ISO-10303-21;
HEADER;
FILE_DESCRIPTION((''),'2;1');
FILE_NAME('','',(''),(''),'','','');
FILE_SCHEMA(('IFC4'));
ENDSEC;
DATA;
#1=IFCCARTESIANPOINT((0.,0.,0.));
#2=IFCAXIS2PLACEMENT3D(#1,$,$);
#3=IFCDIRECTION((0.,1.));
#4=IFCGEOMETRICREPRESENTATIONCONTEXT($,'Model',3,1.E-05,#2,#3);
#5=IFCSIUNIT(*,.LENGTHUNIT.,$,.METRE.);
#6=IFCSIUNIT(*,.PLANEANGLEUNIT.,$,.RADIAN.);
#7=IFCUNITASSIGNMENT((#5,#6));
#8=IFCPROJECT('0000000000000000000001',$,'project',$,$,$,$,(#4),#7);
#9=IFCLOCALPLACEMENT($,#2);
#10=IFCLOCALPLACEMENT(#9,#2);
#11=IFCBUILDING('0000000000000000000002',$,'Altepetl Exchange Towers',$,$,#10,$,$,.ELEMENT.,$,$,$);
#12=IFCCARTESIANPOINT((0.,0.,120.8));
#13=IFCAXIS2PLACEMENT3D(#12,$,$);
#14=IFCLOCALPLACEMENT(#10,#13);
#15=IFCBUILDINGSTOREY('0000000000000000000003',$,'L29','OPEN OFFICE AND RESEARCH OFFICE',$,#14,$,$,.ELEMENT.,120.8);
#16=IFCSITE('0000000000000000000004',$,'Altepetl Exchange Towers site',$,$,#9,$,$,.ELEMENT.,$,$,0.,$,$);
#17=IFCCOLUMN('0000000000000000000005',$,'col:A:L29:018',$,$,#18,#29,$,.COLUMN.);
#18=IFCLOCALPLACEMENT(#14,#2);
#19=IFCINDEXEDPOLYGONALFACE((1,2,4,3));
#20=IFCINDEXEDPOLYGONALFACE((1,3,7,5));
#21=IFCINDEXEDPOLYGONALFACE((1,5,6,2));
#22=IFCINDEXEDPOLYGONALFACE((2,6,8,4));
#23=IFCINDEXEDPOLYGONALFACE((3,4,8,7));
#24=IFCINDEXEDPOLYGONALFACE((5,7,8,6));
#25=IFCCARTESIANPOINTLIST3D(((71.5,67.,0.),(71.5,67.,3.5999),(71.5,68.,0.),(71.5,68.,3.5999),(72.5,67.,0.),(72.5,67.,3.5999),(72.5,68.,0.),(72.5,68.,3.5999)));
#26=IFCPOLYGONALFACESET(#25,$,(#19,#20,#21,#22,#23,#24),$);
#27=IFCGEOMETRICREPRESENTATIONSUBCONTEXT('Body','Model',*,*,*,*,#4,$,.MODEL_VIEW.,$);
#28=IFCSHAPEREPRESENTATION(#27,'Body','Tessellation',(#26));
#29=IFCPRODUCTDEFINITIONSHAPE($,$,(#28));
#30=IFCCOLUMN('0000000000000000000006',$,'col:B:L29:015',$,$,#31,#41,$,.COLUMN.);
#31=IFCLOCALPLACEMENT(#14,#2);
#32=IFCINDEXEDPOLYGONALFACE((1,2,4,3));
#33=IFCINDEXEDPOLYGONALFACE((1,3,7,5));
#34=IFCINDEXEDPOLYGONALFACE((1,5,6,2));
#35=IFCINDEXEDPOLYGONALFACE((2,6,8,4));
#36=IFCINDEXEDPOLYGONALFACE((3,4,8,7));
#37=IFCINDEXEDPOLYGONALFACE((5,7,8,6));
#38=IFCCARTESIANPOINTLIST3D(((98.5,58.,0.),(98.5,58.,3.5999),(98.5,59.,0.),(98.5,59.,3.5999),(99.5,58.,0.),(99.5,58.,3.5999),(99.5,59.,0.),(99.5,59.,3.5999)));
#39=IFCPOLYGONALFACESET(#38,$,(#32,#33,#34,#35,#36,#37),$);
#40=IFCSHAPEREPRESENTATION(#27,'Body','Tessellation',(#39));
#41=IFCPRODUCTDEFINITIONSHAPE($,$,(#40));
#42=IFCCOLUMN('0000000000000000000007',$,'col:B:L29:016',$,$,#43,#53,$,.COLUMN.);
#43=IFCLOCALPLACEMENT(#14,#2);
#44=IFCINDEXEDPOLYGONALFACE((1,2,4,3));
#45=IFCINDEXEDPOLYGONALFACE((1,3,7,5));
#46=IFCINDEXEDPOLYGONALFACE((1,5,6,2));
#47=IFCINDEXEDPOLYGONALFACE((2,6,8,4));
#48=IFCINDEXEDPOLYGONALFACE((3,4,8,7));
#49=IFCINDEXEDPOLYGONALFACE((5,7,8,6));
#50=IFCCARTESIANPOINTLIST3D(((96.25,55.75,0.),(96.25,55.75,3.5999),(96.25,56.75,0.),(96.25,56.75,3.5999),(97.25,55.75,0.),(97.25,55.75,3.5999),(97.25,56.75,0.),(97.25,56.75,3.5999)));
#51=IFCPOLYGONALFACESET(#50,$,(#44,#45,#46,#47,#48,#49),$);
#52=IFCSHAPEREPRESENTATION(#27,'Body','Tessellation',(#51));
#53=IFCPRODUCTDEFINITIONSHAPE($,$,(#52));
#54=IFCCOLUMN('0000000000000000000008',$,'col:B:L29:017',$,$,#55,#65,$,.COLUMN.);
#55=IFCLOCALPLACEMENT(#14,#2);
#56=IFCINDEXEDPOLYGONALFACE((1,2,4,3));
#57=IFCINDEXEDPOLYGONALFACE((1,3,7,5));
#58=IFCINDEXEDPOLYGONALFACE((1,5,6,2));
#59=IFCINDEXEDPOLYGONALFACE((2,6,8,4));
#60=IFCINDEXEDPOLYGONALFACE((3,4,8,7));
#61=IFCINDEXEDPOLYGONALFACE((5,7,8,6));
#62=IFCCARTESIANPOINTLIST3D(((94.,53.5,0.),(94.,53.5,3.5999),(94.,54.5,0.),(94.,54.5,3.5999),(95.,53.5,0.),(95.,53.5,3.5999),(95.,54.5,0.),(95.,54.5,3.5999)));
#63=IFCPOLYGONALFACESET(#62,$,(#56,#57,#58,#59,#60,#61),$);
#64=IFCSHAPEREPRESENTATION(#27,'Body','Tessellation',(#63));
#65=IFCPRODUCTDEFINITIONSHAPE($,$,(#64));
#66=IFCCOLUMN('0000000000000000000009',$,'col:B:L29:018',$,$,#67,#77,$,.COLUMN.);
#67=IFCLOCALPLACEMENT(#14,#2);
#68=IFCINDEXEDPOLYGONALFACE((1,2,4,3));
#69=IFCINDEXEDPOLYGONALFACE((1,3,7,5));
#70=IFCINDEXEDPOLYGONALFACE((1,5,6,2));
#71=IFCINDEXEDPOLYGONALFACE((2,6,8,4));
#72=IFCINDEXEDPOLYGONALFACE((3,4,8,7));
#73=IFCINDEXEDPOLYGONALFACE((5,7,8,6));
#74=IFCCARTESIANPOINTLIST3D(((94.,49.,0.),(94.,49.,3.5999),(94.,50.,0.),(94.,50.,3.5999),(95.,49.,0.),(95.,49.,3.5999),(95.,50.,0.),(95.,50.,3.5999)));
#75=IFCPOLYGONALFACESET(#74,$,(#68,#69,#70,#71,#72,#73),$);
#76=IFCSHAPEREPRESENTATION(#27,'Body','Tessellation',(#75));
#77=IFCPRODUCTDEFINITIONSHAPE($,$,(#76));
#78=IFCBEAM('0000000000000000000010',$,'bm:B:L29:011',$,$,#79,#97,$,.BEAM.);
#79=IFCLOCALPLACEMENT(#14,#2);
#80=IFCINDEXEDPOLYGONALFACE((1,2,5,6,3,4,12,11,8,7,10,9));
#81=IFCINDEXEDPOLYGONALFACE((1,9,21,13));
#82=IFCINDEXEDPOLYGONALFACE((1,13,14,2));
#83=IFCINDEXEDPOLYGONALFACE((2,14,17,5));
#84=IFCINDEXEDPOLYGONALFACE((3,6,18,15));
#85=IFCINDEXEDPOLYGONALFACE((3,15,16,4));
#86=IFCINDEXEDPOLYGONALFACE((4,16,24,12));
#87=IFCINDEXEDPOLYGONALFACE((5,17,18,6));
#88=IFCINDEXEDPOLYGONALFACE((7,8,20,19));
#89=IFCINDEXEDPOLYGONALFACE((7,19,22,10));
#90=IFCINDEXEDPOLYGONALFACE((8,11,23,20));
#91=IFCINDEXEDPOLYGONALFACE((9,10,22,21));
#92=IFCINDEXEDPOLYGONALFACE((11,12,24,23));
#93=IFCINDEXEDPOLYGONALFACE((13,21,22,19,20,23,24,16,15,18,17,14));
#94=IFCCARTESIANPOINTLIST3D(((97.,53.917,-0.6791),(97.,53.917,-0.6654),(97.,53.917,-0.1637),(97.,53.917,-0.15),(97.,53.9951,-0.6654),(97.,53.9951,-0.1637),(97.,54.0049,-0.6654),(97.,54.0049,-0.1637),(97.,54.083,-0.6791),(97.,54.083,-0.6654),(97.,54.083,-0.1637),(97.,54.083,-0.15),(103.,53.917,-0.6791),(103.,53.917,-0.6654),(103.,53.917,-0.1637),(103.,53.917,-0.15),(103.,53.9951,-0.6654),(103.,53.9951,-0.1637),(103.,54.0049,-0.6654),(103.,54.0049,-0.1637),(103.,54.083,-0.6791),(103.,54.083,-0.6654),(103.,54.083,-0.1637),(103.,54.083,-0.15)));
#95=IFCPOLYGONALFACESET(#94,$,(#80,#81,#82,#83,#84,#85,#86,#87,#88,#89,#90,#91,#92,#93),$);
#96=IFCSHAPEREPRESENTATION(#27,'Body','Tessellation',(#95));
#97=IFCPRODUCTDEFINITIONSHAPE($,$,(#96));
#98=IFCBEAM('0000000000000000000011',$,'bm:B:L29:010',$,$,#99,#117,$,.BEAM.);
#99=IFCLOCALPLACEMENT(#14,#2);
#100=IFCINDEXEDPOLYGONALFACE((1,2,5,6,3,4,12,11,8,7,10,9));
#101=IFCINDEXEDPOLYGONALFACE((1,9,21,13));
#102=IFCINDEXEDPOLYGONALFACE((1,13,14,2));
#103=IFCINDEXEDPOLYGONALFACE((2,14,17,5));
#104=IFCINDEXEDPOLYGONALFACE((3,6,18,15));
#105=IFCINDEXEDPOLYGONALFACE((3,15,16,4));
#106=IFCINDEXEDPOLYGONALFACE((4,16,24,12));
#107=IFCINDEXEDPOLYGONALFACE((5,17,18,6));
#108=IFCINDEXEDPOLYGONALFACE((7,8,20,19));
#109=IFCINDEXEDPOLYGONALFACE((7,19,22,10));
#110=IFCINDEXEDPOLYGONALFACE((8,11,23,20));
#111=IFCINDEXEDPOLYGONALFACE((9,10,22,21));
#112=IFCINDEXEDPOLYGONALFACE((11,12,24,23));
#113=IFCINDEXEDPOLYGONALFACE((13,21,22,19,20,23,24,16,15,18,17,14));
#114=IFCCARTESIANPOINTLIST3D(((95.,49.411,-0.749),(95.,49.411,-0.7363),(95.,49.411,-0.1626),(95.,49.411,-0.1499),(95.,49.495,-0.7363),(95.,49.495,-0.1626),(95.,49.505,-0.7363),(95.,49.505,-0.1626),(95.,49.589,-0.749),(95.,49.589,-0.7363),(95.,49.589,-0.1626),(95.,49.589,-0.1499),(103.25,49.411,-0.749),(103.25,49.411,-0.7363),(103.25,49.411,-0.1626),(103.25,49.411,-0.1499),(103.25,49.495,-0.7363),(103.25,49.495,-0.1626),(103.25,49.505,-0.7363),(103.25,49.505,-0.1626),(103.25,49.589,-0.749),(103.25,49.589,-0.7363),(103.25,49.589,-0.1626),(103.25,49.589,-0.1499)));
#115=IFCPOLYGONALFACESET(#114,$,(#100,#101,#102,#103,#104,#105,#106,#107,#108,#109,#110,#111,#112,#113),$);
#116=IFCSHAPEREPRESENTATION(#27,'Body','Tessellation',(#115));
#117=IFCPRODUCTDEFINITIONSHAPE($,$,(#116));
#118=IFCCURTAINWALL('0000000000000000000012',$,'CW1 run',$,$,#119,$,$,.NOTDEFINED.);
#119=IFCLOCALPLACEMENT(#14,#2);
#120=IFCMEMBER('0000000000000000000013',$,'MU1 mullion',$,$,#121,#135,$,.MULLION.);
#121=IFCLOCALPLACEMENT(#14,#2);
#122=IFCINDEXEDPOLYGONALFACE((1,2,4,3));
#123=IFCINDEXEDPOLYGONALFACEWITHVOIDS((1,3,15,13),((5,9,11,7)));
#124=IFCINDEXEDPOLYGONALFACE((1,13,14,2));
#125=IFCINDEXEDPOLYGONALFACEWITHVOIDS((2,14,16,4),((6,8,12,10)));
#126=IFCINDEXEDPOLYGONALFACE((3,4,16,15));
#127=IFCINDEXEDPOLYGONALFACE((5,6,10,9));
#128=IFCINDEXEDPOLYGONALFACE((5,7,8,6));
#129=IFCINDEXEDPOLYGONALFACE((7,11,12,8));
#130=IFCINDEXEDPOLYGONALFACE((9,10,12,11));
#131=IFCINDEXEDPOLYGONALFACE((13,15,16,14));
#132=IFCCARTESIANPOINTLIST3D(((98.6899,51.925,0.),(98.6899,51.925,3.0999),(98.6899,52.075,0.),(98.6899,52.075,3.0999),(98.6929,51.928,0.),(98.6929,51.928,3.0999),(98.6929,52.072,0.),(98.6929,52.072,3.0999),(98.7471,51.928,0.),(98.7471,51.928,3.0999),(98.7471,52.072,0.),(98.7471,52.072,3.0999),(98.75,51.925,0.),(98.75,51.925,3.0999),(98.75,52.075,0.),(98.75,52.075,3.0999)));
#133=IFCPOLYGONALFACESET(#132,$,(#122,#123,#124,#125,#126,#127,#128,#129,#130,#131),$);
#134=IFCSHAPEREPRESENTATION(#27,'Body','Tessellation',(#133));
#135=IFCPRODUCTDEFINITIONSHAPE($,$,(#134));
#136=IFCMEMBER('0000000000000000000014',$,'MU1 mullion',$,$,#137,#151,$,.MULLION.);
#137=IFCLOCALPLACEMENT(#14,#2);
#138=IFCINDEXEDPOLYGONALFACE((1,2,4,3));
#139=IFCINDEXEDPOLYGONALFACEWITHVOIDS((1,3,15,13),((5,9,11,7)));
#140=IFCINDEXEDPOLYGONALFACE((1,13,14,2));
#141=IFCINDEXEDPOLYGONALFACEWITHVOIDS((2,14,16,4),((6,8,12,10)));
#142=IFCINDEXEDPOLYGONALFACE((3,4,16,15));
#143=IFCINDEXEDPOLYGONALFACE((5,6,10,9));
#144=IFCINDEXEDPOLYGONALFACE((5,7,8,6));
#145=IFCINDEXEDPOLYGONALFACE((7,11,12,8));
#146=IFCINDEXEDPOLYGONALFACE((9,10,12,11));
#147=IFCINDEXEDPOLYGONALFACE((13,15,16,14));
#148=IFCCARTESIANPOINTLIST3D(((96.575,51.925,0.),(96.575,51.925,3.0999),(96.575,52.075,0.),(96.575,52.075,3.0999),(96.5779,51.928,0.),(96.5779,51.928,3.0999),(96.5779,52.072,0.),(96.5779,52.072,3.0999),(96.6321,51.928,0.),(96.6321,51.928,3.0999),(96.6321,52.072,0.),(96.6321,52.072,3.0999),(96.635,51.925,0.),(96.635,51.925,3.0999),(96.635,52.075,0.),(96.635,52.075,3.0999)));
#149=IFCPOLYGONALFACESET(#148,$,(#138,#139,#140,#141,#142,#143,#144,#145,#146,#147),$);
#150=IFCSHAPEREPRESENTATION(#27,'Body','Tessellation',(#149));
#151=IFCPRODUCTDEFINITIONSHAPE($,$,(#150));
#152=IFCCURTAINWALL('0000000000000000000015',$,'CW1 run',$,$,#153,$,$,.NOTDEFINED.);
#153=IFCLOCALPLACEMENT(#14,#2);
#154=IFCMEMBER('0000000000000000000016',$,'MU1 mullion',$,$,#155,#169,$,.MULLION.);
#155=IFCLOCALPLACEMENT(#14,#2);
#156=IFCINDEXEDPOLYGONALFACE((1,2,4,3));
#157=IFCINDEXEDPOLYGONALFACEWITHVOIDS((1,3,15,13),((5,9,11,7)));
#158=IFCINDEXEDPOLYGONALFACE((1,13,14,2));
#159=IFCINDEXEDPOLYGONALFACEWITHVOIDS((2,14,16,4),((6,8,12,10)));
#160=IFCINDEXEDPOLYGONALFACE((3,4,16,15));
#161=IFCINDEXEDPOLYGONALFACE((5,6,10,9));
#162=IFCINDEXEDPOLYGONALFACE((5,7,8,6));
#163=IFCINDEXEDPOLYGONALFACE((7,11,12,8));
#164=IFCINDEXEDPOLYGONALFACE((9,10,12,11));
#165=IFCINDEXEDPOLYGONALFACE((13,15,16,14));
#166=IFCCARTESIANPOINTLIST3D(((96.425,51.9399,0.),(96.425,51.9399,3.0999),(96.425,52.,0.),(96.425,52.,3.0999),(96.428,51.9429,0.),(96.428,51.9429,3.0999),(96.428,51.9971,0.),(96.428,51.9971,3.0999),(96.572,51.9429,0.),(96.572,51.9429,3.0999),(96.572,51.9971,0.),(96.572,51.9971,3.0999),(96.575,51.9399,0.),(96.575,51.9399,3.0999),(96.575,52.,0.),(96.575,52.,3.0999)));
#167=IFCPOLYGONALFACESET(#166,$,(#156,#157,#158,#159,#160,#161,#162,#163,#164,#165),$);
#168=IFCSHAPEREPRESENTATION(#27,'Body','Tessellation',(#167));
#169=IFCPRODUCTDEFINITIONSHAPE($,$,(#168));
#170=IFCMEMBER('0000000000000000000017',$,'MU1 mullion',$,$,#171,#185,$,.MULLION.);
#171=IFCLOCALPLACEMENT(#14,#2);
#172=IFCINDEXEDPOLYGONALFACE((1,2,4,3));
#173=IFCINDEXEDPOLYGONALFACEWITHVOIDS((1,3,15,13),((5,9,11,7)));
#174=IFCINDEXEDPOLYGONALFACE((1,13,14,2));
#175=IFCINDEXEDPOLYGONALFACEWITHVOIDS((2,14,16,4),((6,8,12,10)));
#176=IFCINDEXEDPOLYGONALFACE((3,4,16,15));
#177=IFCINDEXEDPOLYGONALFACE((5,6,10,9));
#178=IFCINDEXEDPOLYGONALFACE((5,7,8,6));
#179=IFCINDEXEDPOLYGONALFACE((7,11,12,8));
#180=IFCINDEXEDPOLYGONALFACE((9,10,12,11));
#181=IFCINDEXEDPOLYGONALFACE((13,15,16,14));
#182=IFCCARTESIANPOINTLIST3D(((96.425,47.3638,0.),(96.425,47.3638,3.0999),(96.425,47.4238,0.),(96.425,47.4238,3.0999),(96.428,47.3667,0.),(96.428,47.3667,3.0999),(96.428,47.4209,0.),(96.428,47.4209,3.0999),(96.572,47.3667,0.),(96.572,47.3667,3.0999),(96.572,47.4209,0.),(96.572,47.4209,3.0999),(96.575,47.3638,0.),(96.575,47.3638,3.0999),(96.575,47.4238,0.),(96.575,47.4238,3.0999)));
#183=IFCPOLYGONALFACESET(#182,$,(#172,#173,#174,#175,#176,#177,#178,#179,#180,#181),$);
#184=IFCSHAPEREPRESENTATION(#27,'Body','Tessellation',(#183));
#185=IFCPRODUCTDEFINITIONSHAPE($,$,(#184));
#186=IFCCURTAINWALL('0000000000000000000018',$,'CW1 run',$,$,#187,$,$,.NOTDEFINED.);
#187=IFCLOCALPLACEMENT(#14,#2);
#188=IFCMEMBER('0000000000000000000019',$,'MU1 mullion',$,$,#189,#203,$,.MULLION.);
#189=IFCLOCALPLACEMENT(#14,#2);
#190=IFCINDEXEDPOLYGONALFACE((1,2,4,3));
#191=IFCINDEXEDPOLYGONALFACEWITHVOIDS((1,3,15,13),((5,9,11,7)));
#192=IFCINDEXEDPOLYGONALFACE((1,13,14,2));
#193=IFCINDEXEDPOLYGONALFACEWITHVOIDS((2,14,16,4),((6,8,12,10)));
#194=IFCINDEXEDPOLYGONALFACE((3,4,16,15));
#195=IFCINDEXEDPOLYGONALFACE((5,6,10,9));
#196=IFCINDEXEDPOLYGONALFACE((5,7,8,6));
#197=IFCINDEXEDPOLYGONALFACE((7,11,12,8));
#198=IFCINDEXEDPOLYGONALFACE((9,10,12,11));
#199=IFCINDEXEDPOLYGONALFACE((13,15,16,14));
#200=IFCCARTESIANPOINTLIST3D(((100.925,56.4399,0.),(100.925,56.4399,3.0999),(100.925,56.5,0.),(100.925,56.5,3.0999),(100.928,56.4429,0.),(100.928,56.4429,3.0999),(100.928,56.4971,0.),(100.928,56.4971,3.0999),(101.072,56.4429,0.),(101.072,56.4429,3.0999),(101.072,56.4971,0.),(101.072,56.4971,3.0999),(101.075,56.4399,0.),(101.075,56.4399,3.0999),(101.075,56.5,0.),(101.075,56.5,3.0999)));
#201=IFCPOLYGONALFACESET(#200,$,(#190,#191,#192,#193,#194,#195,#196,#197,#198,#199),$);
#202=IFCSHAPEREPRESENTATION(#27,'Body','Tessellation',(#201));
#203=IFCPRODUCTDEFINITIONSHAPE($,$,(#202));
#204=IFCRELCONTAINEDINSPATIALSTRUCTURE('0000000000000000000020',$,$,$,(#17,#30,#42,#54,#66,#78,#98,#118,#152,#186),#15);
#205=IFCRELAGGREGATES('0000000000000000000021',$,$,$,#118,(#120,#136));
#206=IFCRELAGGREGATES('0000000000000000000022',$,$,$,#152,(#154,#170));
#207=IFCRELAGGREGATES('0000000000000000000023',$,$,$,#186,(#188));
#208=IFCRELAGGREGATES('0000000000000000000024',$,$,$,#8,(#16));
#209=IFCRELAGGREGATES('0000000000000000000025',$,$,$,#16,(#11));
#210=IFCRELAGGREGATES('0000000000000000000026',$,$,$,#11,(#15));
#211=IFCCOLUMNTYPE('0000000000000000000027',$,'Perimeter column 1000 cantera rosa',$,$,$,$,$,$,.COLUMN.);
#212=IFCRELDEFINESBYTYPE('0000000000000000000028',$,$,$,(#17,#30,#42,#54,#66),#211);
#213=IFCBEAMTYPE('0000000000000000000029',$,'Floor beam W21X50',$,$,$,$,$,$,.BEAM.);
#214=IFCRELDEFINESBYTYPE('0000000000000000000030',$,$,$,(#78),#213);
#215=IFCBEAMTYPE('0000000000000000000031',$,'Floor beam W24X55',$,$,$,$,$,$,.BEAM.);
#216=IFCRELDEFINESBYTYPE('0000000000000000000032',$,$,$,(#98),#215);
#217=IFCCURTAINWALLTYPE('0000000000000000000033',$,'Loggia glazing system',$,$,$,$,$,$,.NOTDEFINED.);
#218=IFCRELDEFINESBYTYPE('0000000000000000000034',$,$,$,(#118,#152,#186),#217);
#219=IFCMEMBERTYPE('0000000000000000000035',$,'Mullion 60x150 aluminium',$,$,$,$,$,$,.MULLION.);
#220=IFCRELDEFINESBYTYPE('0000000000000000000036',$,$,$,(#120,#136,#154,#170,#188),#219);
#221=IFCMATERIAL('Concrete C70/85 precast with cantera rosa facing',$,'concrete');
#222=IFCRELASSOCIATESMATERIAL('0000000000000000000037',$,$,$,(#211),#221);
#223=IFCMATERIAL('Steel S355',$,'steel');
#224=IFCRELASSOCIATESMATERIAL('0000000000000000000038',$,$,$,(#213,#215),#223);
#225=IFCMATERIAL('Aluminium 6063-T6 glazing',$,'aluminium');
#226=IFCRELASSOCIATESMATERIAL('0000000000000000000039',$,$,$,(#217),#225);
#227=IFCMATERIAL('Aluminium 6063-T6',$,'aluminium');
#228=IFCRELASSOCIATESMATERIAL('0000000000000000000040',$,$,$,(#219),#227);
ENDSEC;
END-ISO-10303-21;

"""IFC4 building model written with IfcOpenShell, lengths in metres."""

from ifc_helpers import new_model, si_unit, direction, frame, origin, origin_2d, place, context, subcontext, project, spatial, rectangle, hollow_rectangle, i_section, extrude, material, material_profile, profile_set, type_object, element, aggregate, save


model = new_model("IFC4")

# Units and contexts
model_context = context("Model", 3, precision=1e-05, world=origin(), true_north=direction((0.0, 1.0)))
body_context = subcontext(model_context, "Body", "Model", "MODEL_VIEW")
ifc_project = project(units=[si_unit("LENGTHUNIT", "METRE"), si_unit("PLANEANGLEUNIT", "RADIAN")], contexts=[model_context])

# Site, building, storey
site_placement = place(None, origin())
site = spatial("IfcSite", under=ifc_project, at=site_placement, Name="Altepetl Exchange Towers site", CompositionType="ELEMENT", RefElevation=0.0)
building_placement = place(site_placement, origin())
building = spatial("IfcBuilding", under=site, at=building_placement, Name="Altepetl Exchange Towers", CompositionType="ELEMENT")
storey_placement = place(building_placement, frame((0.0, 0.0, 120.8)))
storey = spatial("IfcBuildingStorey", under=building, at=storey_placement, Name="L29", Description="OPEN OFFICE AND RESEARCH OFFICE", CompositionType="ELEMENT", Elevation=120.8)

# Columns
ifc_material_1 = material(Name="Concrete C70/85 precast with cantera rosa facing", Category="concrete")
ifc_material_profile_1 = material_profile(ifc_material_1, rectangle(XDim=1.0, YDim=1.0, at=origin_2d()), Name="1000 x 1000")
ifc_profile_set_1 = profile_set([ifc_material_profile_1], Name="Concrete C70/85 precast with cantera rosa facing")
column_type = type_object("IfcColumnType", Name="Perimeter column 1000 cantera rosa", PredefinedType="COLUMN", material=ifc_profile_set_1)
for number, where, name in (
    (1, (72.0, 67.5, 0.0), "col:A:L29:018"),
    (2, (99.0, 58.5, 0.0), "col:B:L29:015"),
    (3, (96.75, 56.25, 0.0), "col:B:L29:016"),
    (4, (94.5, 54.0, 0.0), "col:B:L29:017"),
    (5, (94.5, 49.5, 0.0), "col:B:L29:018"),
):
    element("IfcColumn", number, at=place(storey_placement, frame(where)), inside=storey, type_object=column_type, Name=name, PredefinedType="COLUMN", context=body_context, shape_type="SweptSolid", body=[
        extrude(rectangle(XDim=1.0, YDim=1.0, at=origin_2d()), origin(), (0.0, 0.0, 1.0), 3.5999),
    ])

# Beams
ifc_material_2 = material(Name="Steel S355", Category="steel")
ifc_material_profile_2 = material_profile(ifc_material_2, i_section(OverallWidth=0.166, OverallDepth=0.5291, WebThickness=0.0098, FlangeThickness=0.0137, at=origin_2d()), Name="W21X50")
ifc_profile_set_2 = profile_set([ifc_material_profile_2], Name="Steel S355")
beam_type_1 = type_object("IfcBeamType", Name="Floor beam W21X50", PredefinedType="BEAM", material=ifc_profile_set_2)
beam_1_placement = place(storey_placement, frame((97.0, 54.0, -0.4146), z_axis=(1.0, 0.0, 0.0), x_axis=(0.0, 1.0, 0.0)))
element("IfcBeam", 6, at=beam_1_placement, inside=storey, type_object=beam_type_1, Name="bm:B:L29:011", PredefinedType="BEAM", context=body_context, shape_type="SweptSolid", body=[
    extrude(i_section(OverallWidth=0.166, OverallDepth=0.5291, WebThickness=0.0098, FlangeThickness=0.0137, at=origin_2d()), origin(), (0.0, 0.0, 1.0), 6.0),
])
ifc_material_profile_3 = material_profile(ifc_material_2, i_section(OverallWidth=0.178, OverallDepth=0.5991, WebThickness=0.01, FlangeThickness=0.0127, at=origin_2d()), Name="W24X55")
ifc_profile_set_3 = profile_set([ifc_material_profile_3], Name="Steel S355")
beam_type_2 = type_object("IfcBeamType", Name="Floor beam W24X55", PredefinedType="BEAM", material=ifc_profile_set_3)
beam_2_placement = place(storey_placement, frame((95.0, 49.5, -0.4495), z_axis=(1.0, 0.0, 0.0), x_axis=(0.0, 1.0, 0.0)))
element("IfcBeam", 7, at=beam_2_placement, inside=storey, type_object=beam_type_2, Name="bm:B:L29:010", PredefinedType="BEAM", context=body_context, shape_type="SweptSolid", body=[
    extrude(i_section(OverallWidth=0.178, OverallDepth=0.5991, WebThickness=0.01, FlangeThickness=0.0127, at=origin_2d()), origin(), (0.0, 0.0, 1.0), 8.25),
])

# Curtain walls, members
ifc_material_3 = material(Name="Aluminium 6063-T6 glazing", Category="aluminium")
curtain_wall_type = type_object("IfcCurtainWallType", Name="Loggia glazing system", PredefinedType="NOTDEFINED", material=ifc_material_3)
curtain_wall_1_placement = place(storey_placement, origin())
curtain_wall_1 = element("IfcCurtainWall", 8, at=curtain_wall_1_placement, inside=storey, type_object=curtain_wall_type, Name="CW1 run", PredefinedType="NOTDEFINED")
ifc_material_4 = material(Name="Aluminium 6063-T6", Category="aluminium")
ifc_material_profile_4 = material_profile(ifc_material_4, hollow_rectangle(XDim=0.0601, YDim=0.1499, WallThickness=0.0029, at=origin_2d()), Name="Mullion 60x150 aluminium")
ifc_profile_set_4 = profile_set([ifc_material_profile_4], Name="Aluminium 6063-T6")
member_type = type_object("IfcMemberType", Name="Mullion 60x150 aluminium", PredefinedType="MULLION", material=ifc_profile_set_4)
member_1_placement = place(storey_placement, frame((98.72, 52.0, 0.0), z_axis=(0.0, 0.0, 1.0), x_axis=(-1.0, 0.0, 0.0)))
member_1 = element("IfcMember", 9, at=member_1_placement, type_object=member_type, Name="MU1 mullion", PredefinedType="MULLION", context=body_context, shape_type="SweptSolid", body=[
    extrude(hollow_rectangle(XDim=0.0601, YDim=0.1499, WallThickness=0.0029, at=origin_2d()), origin(), (0.0, 0.0, 1.0), 3.0999),
])
member_2_placement = place(storey_placement, frame((96.605, 52.0, 0.0), z_axis=(0.0, 0.0, 1.0), x_axis=(-1.0, 0.0, 0.0)))
member_2 = element("IfcMember", 10, at=member_2_placement, type_object=member_type, Name="MU1 mullion", PredefinedType="MULLION", context=body_context, shape_type="SweptSolid", body=[
    extrude(hollow_rectangle(XDim=0.0601, YDim=0.1499, WallThickness=0.0029, at=origin_2d()), origin(), (0.0, 0.0, 1.0), 3.0999),
])
curtain_wall_2_placement = place(storey_placement, origin())
curtain_wall_2 = element("IfcCurtainWall", 11, at=curtain_wall_2_placement, inside=storey, type_object=curtain_wall_type, Name="CW1 run", PredefinedType="NOTDEFINED")
member_3_placement = place(storey_placement, frame((96.5, 51.97, 0.0), z_axis=(0.0, 0.0, 1.0), x_axis=(0.0, -1.0, 0.0)))
member_3 = element("IfcMember", 12, at=member_3_placement, type_object=member_type, Name="MU1 mullion", PredefinedType="MULLION", context=body_context, shape_type="SweptSolid", body=[
    extrude(hollow_rectangle(XDim=0.0601, YDim=0.1499, WallThickness=0.0029, at=origin_2d()), origin(), (0.0, 0.0, 1.0), 3.0999),
])
member_4_placement = place(storey_placement, frame((96.5, 47.3938, 0.0), z_axis=(0.0, 0.0, 1.0), x_axis=(0.0, -1.0, 0.0)))
member_4 = element("IfcMember", 13, at=member_4_placement, type_object=member_type, Name="MU1 mullion", PredefinedType="MULLION", context=body_context, shape_type="SweptSolid", body=[
    extrude(hollow_rectangle(XDim=0.0601, YDim=0.1499, WallThickness=0.0029, at=origin_2d()), origin(), (0.0, 0.0, 1.0), 3.0999),
])
curtain_wall_3_placement = place(storey_placement, origin())
curtain_wall_3 = element("IfcCurtainWall", 14, at=curtain_wall_3_placement, inside=storey, type_object=curtain_wall_type, Name="CW1 run", PredefinedType="NOTDEFINED")
member_5_placement = place(storey_placement, frame((101.0, 56.47, 0.0), z_axis=(0.0, 0.0, 1.0), x_axis=(0.0, -1.0, 0.0)))
member_5 = element("IfcMember", 15, at=member_5_placement, type_object=member_type, Name="MU1 mullion", PredefinedType="MULLION", context=body_context, shape_type="SweptSolid", body=[
    extrude(hollow_rectangle(XDim=0.0601, YDim=0.1499, WallThickness=0.0029, at=origin_2d()), origin(), (0.0, 0.0, 1.0), 3.0999),
])

aggregate(curtain_wall_1, [member_1, member_2])
aggregate(curtain_wall_2, [member_3, member_4])
aggregate(curtain_wall_3, [member_5])

save(model, "model.ifc")
